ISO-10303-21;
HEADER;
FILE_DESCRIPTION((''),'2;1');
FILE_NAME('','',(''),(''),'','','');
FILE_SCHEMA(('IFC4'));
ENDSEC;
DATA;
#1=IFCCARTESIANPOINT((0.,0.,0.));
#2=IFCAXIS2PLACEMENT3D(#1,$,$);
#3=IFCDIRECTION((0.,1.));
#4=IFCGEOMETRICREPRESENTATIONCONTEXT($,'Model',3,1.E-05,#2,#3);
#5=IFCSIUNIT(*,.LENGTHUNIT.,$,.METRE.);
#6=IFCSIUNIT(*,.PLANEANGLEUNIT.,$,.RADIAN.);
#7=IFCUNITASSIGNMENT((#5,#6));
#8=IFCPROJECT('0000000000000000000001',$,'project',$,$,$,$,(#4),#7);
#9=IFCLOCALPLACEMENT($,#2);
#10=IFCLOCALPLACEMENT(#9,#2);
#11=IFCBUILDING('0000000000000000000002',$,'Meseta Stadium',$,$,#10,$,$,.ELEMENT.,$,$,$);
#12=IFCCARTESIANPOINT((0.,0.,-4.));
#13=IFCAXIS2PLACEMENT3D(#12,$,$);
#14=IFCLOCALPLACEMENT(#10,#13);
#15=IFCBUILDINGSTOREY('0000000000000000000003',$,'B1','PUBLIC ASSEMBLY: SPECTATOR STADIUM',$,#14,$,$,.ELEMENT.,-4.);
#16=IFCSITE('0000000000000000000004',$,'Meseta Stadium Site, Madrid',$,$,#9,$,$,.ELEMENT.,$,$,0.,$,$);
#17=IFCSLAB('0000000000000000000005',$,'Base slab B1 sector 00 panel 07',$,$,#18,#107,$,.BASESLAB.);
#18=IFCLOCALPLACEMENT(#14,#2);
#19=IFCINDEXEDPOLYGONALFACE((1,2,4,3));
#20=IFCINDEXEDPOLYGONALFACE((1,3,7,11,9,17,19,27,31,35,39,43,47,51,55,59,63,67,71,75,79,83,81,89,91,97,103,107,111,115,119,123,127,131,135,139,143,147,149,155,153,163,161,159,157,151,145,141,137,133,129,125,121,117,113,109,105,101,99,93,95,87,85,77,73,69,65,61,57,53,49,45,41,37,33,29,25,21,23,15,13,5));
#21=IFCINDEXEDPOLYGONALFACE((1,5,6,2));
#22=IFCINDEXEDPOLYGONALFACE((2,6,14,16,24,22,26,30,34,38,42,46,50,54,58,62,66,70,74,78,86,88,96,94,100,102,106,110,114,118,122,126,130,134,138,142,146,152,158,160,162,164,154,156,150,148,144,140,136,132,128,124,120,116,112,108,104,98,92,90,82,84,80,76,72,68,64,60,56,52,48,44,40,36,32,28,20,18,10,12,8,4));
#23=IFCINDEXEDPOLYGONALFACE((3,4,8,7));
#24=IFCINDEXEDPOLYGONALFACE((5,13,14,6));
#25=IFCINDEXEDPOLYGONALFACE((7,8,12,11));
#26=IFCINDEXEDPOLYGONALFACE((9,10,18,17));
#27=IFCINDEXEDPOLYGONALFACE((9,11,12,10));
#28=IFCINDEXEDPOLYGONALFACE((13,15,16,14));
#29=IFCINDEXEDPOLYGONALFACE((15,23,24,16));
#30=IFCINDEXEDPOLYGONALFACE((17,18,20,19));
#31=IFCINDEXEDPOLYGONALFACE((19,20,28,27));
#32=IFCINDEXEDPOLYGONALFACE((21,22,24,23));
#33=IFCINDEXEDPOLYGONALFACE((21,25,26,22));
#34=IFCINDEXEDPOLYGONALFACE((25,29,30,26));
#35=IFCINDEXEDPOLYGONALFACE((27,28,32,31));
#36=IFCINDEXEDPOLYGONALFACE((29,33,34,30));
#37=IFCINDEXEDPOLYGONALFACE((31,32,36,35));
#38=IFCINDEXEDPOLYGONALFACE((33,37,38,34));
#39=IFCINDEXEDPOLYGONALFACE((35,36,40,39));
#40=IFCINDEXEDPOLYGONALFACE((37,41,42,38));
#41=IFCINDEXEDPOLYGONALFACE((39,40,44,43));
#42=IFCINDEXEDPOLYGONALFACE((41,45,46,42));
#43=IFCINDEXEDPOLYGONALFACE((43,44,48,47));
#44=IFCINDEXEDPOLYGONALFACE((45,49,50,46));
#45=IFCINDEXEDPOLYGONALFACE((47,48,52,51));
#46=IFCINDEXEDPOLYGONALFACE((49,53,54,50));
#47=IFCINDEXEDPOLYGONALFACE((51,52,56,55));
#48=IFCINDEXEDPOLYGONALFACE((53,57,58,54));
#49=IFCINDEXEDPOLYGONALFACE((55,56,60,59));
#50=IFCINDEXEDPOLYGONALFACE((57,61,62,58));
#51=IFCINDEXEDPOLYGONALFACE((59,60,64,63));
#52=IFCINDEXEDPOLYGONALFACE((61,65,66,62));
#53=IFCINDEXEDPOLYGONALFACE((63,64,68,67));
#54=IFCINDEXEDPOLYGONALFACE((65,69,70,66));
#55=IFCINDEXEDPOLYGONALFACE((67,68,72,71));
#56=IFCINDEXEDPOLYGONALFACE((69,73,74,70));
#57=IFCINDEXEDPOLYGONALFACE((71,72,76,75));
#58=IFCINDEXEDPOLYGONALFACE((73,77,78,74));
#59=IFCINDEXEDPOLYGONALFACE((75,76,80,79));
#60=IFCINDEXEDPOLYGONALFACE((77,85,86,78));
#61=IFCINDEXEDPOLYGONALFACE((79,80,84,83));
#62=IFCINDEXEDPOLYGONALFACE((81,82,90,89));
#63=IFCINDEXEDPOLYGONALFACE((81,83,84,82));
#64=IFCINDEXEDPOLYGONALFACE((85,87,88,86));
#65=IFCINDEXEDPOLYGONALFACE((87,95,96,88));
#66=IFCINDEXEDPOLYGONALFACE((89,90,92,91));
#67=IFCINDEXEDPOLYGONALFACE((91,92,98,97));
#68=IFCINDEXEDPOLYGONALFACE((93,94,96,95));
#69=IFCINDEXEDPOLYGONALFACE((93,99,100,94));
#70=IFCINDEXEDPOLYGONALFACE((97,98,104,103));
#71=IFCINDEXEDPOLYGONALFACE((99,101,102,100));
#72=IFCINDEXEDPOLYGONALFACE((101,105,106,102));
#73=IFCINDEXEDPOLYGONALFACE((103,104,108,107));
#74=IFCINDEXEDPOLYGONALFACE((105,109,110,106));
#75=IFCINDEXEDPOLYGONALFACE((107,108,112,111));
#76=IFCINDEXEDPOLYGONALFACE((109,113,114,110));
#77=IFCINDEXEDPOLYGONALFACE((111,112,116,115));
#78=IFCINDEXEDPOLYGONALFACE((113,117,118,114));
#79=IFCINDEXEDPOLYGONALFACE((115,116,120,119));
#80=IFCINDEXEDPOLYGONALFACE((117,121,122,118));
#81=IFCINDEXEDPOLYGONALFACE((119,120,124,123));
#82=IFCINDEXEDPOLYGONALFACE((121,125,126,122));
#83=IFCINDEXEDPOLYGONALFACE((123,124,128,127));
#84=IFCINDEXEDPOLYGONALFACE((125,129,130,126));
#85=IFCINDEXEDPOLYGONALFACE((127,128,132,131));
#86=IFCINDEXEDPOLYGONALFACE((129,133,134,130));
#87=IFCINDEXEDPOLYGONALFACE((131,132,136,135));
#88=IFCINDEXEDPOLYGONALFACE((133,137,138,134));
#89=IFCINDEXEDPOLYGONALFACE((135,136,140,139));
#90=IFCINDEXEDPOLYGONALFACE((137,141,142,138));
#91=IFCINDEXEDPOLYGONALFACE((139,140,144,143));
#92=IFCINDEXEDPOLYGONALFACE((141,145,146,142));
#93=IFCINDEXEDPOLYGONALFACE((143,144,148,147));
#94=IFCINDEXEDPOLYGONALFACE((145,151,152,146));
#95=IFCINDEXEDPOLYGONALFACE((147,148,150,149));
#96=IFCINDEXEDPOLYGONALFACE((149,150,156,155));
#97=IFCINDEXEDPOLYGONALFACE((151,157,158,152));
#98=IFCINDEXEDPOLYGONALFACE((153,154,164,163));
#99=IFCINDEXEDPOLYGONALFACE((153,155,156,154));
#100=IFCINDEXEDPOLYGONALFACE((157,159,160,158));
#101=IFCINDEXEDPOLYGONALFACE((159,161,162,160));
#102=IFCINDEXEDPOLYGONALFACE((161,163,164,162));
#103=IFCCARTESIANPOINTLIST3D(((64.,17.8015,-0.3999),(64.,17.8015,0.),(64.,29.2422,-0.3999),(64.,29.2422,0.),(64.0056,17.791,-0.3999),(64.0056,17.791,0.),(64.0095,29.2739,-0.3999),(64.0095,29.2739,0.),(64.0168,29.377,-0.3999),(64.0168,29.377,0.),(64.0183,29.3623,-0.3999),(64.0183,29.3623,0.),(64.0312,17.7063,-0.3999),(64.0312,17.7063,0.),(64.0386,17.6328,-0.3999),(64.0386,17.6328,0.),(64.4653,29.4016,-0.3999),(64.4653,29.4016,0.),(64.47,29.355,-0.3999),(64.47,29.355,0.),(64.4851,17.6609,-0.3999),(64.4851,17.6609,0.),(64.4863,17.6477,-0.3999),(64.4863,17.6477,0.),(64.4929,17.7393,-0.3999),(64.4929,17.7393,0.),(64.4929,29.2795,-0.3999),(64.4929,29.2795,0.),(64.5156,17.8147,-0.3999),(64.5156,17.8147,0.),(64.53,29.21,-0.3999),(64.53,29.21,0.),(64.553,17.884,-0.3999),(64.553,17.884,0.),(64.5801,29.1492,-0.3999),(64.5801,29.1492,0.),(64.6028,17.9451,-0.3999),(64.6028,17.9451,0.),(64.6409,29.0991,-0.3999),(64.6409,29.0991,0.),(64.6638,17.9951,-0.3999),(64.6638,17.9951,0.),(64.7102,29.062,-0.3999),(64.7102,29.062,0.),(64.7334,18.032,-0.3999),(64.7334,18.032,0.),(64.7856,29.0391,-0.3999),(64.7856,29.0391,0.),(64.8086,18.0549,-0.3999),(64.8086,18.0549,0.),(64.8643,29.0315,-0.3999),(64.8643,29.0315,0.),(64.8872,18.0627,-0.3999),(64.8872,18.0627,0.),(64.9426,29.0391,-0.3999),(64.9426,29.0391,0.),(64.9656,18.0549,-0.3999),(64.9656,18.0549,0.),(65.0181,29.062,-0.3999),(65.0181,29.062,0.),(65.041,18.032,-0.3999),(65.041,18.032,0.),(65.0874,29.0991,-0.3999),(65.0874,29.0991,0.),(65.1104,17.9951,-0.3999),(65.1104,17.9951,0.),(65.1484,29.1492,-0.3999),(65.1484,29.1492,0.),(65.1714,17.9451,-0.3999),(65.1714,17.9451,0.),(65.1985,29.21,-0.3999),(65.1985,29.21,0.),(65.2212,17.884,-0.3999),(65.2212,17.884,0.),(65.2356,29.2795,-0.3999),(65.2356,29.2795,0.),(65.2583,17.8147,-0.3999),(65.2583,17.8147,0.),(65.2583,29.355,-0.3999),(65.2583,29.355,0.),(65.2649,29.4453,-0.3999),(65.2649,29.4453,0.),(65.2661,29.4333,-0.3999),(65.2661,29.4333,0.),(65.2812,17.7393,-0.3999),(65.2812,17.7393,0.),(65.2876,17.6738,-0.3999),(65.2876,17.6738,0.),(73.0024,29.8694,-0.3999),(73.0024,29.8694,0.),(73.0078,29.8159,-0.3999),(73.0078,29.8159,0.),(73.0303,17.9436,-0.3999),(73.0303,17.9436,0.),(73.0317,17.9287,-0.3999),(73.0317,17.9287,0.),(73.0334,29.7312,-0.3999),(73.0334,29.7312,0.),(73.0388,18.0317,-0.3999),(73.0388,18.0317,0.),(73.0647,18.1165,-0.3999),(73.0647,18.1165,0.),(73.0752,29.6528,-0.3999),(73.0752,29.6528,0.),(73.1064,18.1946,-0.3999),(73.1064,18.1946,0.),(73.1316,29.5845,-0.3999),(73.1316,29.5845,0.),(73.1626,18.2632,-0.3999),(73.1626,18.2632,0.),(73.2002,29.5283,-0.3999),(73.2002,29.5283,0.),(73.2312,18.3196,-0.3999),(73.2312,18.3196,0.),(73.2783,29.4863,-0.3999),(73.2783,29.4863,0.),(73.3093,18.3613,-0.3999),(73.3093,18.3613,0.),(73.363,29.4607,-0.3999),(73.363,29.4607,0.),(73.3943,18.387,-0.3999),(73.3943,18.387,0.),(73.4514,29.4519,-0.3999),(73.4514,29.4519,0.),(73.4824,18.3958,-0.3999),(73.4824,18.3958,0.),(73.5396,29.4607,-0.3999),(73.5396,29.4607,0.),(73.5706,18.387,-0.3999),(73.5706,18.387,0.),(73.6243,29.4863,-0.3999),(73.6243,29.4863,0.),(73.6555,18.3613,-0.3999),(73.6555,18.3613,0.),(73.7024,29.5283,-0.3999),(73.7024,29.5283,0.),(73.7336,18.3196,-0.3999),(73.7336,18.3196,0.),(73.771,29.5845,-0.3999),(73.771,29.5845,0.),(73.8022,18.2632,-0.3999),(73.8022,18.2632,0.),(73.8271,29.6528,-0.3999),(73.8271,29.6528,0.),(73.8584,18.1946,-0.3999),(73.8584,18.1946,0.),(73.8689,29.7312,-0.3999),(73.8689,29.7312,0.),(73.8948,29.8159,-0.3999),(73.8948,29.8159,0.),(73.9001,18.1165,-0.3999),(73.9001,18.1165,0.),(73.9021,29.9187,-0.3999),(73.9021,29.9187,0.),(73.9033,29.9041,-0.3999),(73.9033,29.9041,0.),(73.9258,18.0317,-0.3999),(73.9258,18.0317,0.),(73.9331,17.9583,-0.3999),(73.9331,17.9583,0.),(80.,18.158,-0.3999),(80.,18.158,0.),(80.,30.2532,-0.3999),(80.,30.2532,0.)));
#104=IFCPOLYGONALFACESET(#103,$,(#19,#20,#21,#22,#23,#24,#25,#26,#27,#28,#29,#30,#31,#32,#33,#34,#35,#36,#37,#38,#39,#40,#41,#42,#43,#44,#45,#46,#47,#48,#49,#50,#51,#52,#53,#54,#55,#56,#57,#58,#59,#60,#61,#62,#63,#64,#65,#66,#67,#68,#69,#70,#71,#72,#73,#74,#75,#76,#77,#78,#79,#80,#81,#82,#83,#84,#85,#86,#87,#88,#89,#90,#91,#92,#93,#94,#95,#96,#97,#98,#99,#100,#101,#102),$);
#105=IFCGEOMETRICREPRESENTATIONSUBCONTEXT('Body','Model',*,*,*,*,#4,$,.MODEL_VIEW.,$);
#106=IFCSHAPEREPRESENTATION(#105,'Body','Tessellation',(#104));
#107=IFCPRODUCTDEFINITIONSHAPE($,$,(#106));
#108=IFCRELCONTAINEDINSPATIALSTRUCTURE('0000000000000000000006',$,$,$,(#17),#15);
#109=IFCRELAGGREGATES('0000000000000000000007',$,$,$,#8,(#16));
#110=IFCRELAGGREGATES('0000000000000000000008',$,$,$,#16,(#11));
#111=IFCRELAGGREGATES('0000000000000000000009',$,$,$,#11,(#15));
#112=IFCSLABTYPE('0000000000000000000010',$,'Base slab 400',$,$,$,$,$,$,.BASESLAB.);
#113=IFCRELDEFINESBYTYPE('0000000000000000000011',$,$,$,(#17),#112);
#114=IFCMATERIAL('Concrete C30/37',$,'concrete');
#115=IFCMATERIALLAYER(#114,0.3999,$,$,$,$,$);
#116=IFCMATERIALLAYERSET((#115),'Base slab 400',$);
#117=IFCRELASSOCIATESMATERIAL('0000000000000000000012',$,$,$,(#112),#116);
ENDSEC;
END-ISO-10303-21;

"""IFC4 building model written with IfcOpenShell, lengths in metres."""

from ifc_helpers import new_model, si_unit, direction, frame, origin, place, context, subcontext, project, spatial, polyline, outline, extrude, material, layer, layer_set, type_object, element, save


model = new_model("IFC4")

# Units and contexts
model_context = context("Model", 3, precision=1e-05, world=origin(), true_north=direction((0.0, 1.0)))
body_context = subcontext(model_context, "Body", "Model", "MODEL_VIEW")
ifc_project = project(units=[si_unit("LENGTHUNIT", "METRE"), si_unit("PLANEANGLEUNIT", "RADIAN")], contexts=[model_context])

# Site, building, storey
site_placement = place(None, origin())
site = spatial("IfcSite", under=ifc_project, at=site_placement, Name="Meseta Stadium Site, Madrid", CompositionType="ELEMENT", RefElevation=0.0)
building_placement = place(site_placement, origin())
building = spatial("IfcBuilding", under=site, at=building_placement, Name="Meseta Stadium", CompositionType="ELEMENT")
storey_placement = place(building_placement, frame((0.0, 0.0, -4.0)))
storey = spatial("IfcBuildingStorey", under=building, at=storey_placement, Name="B1", Description="PUBLIC ASSEMBLY: SPECTATOR STADIUM", CompositionType="ELEMENT", Elevation=-4.0)

# Slab
ifc_material_1 = material(Name="Concrete C30/37", Category="concrete")
ifc_layer_1 = layer(ifc_material_1, 0.3999)
ifc_layer_set_1 = layer_set([ifc_layer_1], Name="Base slab 400")
slab_type = type_object("IfcSlabType", Name="Base slab 400", PredefinedType="BASESLAB", material=ifc_layer_set_1)
slab_1_placement = place(storey_placement, frame((0.0, 0.0, -0.3999)))
element("IfcSlab", 1, at=slab_1_placement, inside=storey, type_object=slab_type, Name="Base slab B1 sector 00 panel 07", PredefinedType="BASESLAB", context=body_context, shape_type="SweptSolid", body=[
    extrude(outline(polyline([(64.0183, 29.3623), (64.0095, 29.2739), (64.0, 29.2422), (64.0, 17.8015), (64.0056, 17.791), (64.0312, 17.7063), (64.0386, 17.6328), (64.4863, 17.6477), (64.4851, 17.6609), (64.4929, 17.7393), (64.5156, 17.8147), (64.553, 17.884), (64.6028, 17.9451), (64.6638, 17.9951), (64.7334, 18.032), (64.8086, 18.0549), (64.8872, 18.0627), (64.9656, 18.0549), (65.041, 18.032), (65.1104, 17.9951), (65.1714, 17.9451), (65.2212, 17.884), (65.2583, 17.8147), (65.2812, 17.7393), (65.2876, 17.6738), (73.0317, 17.9287), (73.0303, 17.9436), (73.0388, 18.0317), (73.0647, 18.1165), (73.1064, 18.1946), (73.1626, 18.2632), (73.2312, 18.3196), (73.3093, 18.3613), (73.3943, 18.387), (73.4824, 18.3958), (73.5706, 18.387), (73.6555, 18.3613), (73.7336, 18.3196), (73.8022, 18.2632), (73.8584, 18.1946), (73.9001, 18.1165), (73.9258, 18.0317), (73.9331, 17.9583), (80.0, 18.158), (80.0, 30.2532), (73.9021, 29.9187), (73.9033, 29.9041), (73.8948, 29.8159), (73.8689, 29.7312), (73.8271, 29.6528), (73.771, 29.5845), (73.7024, 29.5283), (73.6243, 29.4863), (73.5396, 29.4607), (73.4514, 29.4519), (73.363, 29.4607), (73.2783, 29.4863), (73.2002, 29.5283), (73.1316, 29.5845), (73.0752, 29.6528), (73.0334, 29.7312), (73.0078, 29.8159), (73.0024, 29.8694), (65.2649, 29.4453), (65.2661, 29.4333), (65.2583, 29.355), (65.2356, 29.2795), (65.1985, 29.21), (65.1484, 29.1492), (65.0874, 29.0991), (65.0181, 29.062), (64.9426, 29.0391), (64.8643, 29.0315), (64.7856, 29.0391), (64.7102, 29.062), (64.6409, 29.0991), (64.5801, 29.1492), (64.53, 29.21), (64.4929, 29.2795), (64.47, 29.355), (64.4653, 29.4016), (64.0168, 29.377), (64.0183, 29.3623)])), origin(), (0.0, 0.0, 1.0), 0.3999),
])

save(model, "model.ifc")
